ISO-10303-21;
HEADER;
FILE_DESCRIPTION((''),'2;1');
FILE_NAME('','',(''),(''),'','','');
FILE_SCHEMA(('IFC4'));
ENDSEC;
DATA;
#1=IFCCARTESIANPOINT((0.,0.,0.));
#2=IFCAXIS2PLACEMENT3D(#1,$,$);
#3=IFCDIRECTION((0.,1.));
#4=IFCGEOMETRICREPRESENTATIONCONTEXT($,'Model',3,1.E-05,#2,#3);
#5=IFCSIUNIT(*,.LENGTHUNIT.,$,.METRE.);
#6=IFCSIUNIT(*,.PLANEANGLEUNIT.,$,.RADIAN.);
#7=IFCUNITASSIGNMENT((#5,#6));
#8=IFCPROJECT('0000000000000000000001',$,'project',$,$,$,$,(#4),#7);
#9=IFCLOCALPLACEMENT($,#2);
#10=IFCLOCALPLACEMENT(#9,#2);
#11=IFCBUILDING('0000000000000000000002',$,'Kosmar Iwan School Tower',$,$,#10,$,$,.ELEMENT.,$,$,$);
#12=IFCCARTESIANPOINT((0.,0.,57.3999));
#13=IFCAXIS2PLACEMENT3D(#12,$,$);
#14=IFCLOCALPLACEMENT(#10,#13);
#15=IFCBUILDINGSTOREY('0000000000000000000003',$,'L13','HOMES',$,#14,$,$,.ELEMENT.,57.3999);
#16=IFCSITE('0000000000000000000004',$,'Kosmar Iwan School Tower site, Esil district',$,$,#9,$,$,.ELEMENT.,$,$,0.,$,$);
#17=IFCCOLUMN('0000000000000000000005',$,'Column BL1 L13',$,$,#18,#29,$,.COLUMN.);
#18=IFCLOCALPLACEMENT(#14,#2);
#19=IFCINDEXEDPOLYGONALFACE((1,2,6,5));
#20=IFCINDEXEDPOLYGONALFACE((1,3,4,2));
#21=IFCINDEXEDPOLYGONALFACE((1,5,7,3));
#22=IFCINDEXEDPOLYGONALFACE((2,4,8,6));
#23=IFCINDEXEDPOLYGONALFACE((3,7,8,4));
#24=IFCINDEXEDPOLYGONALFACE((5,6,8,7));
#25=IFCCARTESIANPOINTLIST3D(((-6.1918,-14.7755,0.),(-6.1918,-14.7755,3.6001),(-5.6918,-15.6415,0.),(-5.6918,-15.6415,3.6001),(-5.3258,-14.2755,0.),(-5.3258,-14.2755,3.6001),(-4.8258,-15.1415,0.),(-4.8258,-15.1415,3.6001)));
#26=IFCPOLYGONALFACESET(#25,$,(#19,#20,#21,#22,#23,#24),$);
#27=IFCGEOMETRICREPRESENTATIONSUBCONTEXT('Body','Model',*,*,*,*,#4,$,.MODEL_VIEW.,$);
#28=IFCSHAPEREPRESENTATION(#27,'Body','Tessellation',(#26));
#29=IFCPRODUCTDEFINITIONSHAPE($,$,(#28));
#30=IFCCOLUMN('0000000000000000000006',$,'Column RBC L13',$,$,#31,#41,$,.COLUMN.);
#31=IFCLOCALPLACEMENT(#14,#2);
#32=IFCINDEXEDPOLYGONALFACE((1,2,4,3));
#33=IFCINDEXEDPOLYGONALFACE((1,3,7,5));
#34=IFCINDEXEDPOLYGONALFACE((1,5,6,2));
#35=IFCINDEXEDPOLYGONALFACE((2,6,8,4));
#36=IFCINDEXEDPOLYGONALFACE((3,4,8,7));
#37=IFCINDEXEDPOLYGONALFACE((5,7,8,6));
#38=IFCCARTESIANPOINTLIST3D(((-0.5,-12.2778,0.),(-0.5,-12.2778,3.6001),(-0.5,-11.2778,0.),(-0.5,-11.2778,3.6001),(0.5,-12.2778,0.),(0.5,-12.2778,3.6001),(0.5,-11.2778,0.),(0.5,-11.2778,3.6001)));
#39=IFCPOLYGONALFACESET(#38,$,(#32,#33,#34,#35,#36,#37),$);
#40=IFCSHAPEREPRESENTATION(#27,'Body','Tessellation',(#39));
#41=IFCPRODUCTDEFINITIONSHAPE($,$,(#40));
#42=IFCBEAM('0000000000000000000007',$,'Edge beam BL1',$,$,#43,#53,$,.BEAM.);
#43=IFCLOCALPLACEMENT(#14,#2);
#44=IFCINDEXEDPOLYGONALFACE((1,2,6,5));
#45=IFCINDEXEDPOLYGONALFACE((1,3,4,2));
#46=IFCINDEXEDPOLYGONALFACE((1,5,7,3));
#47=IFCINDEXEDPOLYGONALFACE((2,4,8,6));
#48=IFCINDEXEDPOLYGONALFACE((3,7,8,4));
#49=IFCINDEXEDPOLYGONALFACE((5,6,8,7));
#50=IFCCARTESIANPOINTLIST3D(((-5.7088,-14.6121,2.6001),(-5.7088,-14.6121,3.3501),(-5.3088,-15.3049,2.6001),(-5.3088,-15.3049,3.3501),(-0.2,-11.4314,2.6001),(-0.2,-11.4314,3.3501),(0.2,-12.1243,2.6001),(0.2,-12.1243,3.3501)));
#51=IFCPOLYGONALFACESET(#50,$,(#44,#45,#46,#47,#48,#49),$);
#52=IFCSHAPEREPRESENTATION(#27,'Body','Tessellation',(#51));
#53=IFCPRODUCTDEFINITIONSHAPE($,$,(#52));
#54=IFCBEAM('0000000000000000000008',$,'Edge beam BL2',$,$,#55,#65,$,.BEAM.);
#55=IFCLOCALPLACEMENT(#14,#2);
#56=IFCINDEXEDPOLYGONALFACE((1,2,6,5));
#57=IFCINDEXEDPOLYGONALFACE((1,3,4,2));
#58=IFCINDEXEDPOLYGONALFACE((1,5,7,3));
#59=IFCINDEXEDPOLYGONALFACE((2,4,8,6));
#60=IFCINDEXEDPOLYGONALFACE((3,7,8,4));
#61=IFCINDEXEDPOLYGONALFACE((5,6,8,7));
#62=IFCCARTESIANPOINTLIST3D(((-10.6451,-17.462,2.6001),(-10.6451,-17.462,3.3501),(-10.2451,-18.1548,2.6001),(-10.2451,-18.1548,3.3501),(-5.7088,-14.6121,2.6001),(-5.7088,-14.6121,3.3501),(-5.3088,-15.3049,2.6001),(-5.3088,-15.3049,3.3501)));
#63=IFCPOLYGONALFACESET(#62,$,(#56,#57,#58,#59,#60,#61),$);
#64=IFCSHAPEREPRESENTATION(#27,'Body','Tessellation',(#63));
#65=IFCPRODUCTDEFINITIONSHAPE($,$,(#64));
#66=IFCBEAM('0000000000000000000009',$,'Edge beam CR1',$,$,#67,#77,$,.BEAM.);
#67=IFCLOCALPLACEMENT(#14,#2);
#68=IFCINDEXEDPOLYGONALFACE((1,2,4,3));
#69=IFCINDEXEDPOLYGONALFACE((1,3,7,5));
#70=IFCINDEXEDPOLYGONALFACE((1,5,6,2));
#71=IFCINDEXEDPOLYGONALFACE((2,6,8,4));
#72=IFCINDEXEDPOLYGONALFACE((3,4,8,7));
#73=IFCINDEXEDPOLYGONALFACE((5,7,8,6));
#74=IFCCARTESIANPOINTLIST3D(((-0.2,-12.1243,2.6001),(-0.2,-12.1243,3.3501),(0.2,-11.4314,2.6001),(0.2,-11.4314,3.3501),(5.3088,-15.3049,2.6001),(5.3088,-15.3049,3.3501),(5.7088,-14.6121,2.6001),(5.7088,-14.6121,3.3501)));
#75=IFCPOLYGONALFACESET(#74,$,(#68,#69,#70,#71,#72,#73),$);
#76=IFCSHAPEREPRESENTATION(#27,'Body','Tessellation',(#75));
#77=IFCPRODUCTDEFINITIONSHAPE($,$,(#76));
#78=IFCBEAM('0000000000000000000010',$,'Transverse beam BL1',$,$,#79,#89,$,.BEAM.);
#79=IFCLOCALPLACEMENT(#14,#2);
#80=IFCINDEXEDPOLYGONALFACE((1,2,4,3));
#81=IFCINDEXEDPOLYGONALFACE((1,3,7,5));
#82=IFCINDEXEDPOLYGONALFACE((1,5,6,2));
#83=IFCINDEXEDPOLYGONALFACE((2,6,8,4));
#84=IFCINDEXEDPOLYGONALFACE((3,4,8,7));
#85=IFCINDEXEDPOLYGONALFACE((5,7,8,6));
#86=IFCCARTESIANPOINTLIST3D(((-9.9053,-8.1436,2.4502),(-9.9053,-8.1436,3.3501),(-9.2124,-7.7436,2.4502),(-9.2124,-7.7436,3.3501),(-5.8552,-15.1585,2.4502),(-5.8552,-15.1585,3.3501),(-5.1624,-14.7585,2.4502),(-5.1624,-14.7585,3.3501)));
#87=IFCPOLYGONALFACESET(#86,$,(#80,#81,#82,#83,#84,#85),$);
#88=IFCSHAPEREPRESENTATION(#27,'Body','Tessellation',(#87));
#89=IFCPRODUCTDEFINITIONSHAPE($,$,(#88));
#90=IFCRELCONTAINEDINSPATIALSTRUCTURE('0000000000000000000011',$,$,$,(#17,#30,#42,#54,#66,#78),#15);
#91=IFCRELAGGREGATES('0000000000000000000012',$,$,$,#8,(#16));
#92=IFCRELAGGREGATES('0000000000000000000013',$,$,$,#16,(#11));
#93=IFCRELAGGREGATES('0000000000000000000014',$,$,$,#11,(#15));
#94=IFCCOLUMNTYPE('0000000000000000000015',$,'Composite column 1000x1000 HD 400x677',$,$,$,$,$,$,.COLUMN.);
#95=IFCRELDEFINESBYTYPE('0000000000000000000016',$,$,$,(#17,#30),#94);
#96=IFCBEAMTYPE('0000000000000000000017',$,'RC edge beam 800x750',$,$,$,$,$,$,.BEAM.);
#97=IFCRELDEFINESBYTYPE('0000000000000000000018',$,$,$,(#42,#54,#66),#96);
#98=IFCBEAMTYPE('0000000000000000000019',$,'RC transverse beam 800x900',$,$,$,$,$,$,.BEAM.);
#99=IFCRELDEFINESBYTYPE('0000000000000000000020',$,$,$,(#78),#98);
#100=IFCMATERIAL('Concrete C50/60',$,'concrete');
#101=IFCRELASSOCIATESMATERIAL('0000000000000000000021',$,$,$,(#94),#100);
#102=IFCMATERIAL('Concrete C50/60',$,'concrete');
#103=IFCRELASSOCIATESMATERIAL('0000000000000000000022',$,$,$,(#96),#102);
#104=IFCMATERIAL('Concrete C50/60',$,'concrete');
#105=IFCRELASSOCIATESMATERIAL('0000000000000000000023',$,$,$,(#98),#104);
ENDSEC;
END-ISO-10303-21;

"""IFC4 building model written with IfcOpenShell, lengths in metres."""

from ifc_helpers import new_model, si_unit, direction, frame, origin, origin_2d, place, context, subcontext, project, spatial, rectangle, extrude, material, material_profile, profile_set, type_object, element, save


model = new_model("IFC4")

# Units and contexts
model_context = context("Model", 3, precision=1e-05, world=origin(), true_north=direction((0.0, 1.0)))
body_context = subcontext(model_context, "Body", "Model", "MODEL_VIEW")
ifc_project = project(units=[si_unit("LENGTHUNIT", "METRE"), si_unit("PLANEANGLEUNIT", "RADIAN")], contexts=[model_context])

# Site, building, storey
site_placement = place(None, origin())
site = spatial("IfcSite", under=ifc_project, at=site_placement, Name="Kosmar Iwan School Tower site, Esil district", CompositionType="ELEMENT", RefElevation=0.0)
building_placement = place(site_placement, origin())
building = spatial("IfcBuilding", under=site, at=building_placement, Name="Kosmar Iwan School Tower", CompositionType="ELEMENT")
storey_placement = place(building_placement, frame((0.0, 0.0, 57.3999)))
storey = spatial("IfcBuildingStorey", under=building, at=storey_placement, Name="L13", Description="HOMES", CompositionType="ELEMENT", Elevation=57.3999)

# Columns
ifc_material_1 = material(Name="Concrete C50/60", Category="concrete")
ifc_material_profile_1 = material_profile(ifc_material_1, rectangle(XDim=1.0, YDim=1.0, at=origin_2d()), Name="RC 1000x1000 + HD 400x677")
ifc_profile_set_1 = profile_set([ifc_material_profile_1], Name="Concrete C50/60")
column_type = type_object("IfcColumnType", Name="Composite column 1000x1000 HD 400x677", PredefinedType="COLUMN", material=ifc_profile_set_1)
for number, where, z_axis, x_axis, name in (
    (1, (-5.5088, -14.9585, 0.0), (0.0, 0.0, 1.0), (-0.866025, -0.5, 0.0), "Column BL1 L13"),
    (2, (0.0, -11.7778, 0.0), (0.0, 0.0, 1.0), (1.0, 0.0, 0.0), "Column RBC L13"),
):
    element("IfcColumn", number, at=place(storey_placement, frame(where, z_axis=z_axis, x_axis=x_axis)), inside=storey, type_object=column_type, Name=name, PredefinedType="COLUMN", context=body_context, shape_type="SweptSolid", body=[
        extrude(rectangle(XDim=1.0, YDim=1.0, at=origin_2d()), origin(), (0.0, 0.0, 1.0), 3.6001),
    ])

# Beams
ifc_material_2 = material(Name="Concrete C50/60", Category="concrete")
ifc_material_profile_2 = material_profile(ifc_material_2, rectangle(XDim=0.8, YDim=0.75, at=origin_2d()), Name="RC 800x750")
ifc_profile_set_2 = profile_set([ifc_material_profile_2], Name="Concrete C50/60")
beam_type_1 = type_object("IfcBeamType", Name="RC edge beam 800x750", PredefinedType="BEAM", material=ifc_profile_set_2)
beam_1_placement = place(storey_placement, frame((0.0, -11.7778, 2.9751), z_axis=(-0.866014, -0.500019, 0.0), x_axis=(0.500019, -0.866014, 0.0)))
element("IfcBeam", 3, at=beam_1_placement, inside=storey, type_object=beam_type_1, Name="Edge beam BL1", PredefinedType="BEAM", context=body_context, shape_type="SweptSolid", body=[
    extrude(rectangle(XDim=0.8, YDim=0.75, at=origin_2d()), origin(), (0.0, 0.0, 1.0), 6.3611),
])
beam_2_placement = place(storey_placement, frame((-5.5088, -14.9585, 2.9751), z_axis=(-0.866034, -0.499986, 0.0), x_axis=(0.499986, -0.866034, 0.0)))
element("IfcBeam", 4, at=beam_2_placement, inside=storey, type_object=beam_type_1, Name="Edge beam BL2", PredefinedType="BEAM", context=body_context, shape_type="SweptSolid", body=[
    extrude(rectangle(XDim=0.8, YDim=0.75, at=origin_2d()), origin(), (0.0, 0.0, 1.0), 5.7),
])
beam_3_placement = place(storey_placement, frame((0.0, -11.7778, 2.9751), z_axis=(0.866014, -0.500019, 0.0), x_axis=(0.500019, 0.866014, 0.0)))
element("IfcBeam", 5, at=beam_3_placement, inside=storey, type_object=beam_type_1, Name="Edge beam CR1", PredefinedType="BEAM", context=body_context, shape_type="SweptSolid", body=[
    extrude(rectangle(XDim=0.8, YDim=0.75, at=origin_2d()), origin(), (0.0, 0.0, 1.0), 6.3611),
])
ifc_material_3 = material(Name="Concrete C50/60", Category="concrete")
ifc_material_profile_3 = material_profile(ifc_material_3, rectangle(XDim=0.8, YDim=0.8999, at=origin_2d()), Name="RC 800x900")
ifc_profile_set_3 = profile_set([ifc_material_profile_3], Name="Concrete C50/60")
beam_type_2 = type_object("IfcBeamType", Name="RC transverse beam 800x900", PredefinedType="BEAM", material=ifc_profile_set_3)
beam_4_placement = place(storey_placement, frame((-5.5088, -14.9585, 2.9001), z_axis=(-0.5, 0.866025, 0.0), x_axis=(-0.866025, -0.5, 0.0)))
element("IfcBeam", 6, at=beam_4_placement, inside=storey, type_object=beam_type_2, Name="Transverse beam BL1", PredefinedType="BEAM", context=body_context, shape_type="SweptSolid", body=[
    extrude(rectangle(XDim=0.8, YDim=0.8999, at=origin_2d()), origin(), (0.0, 0.0, 1.0), 8.1001),
])

save(model, "model.ifc")
